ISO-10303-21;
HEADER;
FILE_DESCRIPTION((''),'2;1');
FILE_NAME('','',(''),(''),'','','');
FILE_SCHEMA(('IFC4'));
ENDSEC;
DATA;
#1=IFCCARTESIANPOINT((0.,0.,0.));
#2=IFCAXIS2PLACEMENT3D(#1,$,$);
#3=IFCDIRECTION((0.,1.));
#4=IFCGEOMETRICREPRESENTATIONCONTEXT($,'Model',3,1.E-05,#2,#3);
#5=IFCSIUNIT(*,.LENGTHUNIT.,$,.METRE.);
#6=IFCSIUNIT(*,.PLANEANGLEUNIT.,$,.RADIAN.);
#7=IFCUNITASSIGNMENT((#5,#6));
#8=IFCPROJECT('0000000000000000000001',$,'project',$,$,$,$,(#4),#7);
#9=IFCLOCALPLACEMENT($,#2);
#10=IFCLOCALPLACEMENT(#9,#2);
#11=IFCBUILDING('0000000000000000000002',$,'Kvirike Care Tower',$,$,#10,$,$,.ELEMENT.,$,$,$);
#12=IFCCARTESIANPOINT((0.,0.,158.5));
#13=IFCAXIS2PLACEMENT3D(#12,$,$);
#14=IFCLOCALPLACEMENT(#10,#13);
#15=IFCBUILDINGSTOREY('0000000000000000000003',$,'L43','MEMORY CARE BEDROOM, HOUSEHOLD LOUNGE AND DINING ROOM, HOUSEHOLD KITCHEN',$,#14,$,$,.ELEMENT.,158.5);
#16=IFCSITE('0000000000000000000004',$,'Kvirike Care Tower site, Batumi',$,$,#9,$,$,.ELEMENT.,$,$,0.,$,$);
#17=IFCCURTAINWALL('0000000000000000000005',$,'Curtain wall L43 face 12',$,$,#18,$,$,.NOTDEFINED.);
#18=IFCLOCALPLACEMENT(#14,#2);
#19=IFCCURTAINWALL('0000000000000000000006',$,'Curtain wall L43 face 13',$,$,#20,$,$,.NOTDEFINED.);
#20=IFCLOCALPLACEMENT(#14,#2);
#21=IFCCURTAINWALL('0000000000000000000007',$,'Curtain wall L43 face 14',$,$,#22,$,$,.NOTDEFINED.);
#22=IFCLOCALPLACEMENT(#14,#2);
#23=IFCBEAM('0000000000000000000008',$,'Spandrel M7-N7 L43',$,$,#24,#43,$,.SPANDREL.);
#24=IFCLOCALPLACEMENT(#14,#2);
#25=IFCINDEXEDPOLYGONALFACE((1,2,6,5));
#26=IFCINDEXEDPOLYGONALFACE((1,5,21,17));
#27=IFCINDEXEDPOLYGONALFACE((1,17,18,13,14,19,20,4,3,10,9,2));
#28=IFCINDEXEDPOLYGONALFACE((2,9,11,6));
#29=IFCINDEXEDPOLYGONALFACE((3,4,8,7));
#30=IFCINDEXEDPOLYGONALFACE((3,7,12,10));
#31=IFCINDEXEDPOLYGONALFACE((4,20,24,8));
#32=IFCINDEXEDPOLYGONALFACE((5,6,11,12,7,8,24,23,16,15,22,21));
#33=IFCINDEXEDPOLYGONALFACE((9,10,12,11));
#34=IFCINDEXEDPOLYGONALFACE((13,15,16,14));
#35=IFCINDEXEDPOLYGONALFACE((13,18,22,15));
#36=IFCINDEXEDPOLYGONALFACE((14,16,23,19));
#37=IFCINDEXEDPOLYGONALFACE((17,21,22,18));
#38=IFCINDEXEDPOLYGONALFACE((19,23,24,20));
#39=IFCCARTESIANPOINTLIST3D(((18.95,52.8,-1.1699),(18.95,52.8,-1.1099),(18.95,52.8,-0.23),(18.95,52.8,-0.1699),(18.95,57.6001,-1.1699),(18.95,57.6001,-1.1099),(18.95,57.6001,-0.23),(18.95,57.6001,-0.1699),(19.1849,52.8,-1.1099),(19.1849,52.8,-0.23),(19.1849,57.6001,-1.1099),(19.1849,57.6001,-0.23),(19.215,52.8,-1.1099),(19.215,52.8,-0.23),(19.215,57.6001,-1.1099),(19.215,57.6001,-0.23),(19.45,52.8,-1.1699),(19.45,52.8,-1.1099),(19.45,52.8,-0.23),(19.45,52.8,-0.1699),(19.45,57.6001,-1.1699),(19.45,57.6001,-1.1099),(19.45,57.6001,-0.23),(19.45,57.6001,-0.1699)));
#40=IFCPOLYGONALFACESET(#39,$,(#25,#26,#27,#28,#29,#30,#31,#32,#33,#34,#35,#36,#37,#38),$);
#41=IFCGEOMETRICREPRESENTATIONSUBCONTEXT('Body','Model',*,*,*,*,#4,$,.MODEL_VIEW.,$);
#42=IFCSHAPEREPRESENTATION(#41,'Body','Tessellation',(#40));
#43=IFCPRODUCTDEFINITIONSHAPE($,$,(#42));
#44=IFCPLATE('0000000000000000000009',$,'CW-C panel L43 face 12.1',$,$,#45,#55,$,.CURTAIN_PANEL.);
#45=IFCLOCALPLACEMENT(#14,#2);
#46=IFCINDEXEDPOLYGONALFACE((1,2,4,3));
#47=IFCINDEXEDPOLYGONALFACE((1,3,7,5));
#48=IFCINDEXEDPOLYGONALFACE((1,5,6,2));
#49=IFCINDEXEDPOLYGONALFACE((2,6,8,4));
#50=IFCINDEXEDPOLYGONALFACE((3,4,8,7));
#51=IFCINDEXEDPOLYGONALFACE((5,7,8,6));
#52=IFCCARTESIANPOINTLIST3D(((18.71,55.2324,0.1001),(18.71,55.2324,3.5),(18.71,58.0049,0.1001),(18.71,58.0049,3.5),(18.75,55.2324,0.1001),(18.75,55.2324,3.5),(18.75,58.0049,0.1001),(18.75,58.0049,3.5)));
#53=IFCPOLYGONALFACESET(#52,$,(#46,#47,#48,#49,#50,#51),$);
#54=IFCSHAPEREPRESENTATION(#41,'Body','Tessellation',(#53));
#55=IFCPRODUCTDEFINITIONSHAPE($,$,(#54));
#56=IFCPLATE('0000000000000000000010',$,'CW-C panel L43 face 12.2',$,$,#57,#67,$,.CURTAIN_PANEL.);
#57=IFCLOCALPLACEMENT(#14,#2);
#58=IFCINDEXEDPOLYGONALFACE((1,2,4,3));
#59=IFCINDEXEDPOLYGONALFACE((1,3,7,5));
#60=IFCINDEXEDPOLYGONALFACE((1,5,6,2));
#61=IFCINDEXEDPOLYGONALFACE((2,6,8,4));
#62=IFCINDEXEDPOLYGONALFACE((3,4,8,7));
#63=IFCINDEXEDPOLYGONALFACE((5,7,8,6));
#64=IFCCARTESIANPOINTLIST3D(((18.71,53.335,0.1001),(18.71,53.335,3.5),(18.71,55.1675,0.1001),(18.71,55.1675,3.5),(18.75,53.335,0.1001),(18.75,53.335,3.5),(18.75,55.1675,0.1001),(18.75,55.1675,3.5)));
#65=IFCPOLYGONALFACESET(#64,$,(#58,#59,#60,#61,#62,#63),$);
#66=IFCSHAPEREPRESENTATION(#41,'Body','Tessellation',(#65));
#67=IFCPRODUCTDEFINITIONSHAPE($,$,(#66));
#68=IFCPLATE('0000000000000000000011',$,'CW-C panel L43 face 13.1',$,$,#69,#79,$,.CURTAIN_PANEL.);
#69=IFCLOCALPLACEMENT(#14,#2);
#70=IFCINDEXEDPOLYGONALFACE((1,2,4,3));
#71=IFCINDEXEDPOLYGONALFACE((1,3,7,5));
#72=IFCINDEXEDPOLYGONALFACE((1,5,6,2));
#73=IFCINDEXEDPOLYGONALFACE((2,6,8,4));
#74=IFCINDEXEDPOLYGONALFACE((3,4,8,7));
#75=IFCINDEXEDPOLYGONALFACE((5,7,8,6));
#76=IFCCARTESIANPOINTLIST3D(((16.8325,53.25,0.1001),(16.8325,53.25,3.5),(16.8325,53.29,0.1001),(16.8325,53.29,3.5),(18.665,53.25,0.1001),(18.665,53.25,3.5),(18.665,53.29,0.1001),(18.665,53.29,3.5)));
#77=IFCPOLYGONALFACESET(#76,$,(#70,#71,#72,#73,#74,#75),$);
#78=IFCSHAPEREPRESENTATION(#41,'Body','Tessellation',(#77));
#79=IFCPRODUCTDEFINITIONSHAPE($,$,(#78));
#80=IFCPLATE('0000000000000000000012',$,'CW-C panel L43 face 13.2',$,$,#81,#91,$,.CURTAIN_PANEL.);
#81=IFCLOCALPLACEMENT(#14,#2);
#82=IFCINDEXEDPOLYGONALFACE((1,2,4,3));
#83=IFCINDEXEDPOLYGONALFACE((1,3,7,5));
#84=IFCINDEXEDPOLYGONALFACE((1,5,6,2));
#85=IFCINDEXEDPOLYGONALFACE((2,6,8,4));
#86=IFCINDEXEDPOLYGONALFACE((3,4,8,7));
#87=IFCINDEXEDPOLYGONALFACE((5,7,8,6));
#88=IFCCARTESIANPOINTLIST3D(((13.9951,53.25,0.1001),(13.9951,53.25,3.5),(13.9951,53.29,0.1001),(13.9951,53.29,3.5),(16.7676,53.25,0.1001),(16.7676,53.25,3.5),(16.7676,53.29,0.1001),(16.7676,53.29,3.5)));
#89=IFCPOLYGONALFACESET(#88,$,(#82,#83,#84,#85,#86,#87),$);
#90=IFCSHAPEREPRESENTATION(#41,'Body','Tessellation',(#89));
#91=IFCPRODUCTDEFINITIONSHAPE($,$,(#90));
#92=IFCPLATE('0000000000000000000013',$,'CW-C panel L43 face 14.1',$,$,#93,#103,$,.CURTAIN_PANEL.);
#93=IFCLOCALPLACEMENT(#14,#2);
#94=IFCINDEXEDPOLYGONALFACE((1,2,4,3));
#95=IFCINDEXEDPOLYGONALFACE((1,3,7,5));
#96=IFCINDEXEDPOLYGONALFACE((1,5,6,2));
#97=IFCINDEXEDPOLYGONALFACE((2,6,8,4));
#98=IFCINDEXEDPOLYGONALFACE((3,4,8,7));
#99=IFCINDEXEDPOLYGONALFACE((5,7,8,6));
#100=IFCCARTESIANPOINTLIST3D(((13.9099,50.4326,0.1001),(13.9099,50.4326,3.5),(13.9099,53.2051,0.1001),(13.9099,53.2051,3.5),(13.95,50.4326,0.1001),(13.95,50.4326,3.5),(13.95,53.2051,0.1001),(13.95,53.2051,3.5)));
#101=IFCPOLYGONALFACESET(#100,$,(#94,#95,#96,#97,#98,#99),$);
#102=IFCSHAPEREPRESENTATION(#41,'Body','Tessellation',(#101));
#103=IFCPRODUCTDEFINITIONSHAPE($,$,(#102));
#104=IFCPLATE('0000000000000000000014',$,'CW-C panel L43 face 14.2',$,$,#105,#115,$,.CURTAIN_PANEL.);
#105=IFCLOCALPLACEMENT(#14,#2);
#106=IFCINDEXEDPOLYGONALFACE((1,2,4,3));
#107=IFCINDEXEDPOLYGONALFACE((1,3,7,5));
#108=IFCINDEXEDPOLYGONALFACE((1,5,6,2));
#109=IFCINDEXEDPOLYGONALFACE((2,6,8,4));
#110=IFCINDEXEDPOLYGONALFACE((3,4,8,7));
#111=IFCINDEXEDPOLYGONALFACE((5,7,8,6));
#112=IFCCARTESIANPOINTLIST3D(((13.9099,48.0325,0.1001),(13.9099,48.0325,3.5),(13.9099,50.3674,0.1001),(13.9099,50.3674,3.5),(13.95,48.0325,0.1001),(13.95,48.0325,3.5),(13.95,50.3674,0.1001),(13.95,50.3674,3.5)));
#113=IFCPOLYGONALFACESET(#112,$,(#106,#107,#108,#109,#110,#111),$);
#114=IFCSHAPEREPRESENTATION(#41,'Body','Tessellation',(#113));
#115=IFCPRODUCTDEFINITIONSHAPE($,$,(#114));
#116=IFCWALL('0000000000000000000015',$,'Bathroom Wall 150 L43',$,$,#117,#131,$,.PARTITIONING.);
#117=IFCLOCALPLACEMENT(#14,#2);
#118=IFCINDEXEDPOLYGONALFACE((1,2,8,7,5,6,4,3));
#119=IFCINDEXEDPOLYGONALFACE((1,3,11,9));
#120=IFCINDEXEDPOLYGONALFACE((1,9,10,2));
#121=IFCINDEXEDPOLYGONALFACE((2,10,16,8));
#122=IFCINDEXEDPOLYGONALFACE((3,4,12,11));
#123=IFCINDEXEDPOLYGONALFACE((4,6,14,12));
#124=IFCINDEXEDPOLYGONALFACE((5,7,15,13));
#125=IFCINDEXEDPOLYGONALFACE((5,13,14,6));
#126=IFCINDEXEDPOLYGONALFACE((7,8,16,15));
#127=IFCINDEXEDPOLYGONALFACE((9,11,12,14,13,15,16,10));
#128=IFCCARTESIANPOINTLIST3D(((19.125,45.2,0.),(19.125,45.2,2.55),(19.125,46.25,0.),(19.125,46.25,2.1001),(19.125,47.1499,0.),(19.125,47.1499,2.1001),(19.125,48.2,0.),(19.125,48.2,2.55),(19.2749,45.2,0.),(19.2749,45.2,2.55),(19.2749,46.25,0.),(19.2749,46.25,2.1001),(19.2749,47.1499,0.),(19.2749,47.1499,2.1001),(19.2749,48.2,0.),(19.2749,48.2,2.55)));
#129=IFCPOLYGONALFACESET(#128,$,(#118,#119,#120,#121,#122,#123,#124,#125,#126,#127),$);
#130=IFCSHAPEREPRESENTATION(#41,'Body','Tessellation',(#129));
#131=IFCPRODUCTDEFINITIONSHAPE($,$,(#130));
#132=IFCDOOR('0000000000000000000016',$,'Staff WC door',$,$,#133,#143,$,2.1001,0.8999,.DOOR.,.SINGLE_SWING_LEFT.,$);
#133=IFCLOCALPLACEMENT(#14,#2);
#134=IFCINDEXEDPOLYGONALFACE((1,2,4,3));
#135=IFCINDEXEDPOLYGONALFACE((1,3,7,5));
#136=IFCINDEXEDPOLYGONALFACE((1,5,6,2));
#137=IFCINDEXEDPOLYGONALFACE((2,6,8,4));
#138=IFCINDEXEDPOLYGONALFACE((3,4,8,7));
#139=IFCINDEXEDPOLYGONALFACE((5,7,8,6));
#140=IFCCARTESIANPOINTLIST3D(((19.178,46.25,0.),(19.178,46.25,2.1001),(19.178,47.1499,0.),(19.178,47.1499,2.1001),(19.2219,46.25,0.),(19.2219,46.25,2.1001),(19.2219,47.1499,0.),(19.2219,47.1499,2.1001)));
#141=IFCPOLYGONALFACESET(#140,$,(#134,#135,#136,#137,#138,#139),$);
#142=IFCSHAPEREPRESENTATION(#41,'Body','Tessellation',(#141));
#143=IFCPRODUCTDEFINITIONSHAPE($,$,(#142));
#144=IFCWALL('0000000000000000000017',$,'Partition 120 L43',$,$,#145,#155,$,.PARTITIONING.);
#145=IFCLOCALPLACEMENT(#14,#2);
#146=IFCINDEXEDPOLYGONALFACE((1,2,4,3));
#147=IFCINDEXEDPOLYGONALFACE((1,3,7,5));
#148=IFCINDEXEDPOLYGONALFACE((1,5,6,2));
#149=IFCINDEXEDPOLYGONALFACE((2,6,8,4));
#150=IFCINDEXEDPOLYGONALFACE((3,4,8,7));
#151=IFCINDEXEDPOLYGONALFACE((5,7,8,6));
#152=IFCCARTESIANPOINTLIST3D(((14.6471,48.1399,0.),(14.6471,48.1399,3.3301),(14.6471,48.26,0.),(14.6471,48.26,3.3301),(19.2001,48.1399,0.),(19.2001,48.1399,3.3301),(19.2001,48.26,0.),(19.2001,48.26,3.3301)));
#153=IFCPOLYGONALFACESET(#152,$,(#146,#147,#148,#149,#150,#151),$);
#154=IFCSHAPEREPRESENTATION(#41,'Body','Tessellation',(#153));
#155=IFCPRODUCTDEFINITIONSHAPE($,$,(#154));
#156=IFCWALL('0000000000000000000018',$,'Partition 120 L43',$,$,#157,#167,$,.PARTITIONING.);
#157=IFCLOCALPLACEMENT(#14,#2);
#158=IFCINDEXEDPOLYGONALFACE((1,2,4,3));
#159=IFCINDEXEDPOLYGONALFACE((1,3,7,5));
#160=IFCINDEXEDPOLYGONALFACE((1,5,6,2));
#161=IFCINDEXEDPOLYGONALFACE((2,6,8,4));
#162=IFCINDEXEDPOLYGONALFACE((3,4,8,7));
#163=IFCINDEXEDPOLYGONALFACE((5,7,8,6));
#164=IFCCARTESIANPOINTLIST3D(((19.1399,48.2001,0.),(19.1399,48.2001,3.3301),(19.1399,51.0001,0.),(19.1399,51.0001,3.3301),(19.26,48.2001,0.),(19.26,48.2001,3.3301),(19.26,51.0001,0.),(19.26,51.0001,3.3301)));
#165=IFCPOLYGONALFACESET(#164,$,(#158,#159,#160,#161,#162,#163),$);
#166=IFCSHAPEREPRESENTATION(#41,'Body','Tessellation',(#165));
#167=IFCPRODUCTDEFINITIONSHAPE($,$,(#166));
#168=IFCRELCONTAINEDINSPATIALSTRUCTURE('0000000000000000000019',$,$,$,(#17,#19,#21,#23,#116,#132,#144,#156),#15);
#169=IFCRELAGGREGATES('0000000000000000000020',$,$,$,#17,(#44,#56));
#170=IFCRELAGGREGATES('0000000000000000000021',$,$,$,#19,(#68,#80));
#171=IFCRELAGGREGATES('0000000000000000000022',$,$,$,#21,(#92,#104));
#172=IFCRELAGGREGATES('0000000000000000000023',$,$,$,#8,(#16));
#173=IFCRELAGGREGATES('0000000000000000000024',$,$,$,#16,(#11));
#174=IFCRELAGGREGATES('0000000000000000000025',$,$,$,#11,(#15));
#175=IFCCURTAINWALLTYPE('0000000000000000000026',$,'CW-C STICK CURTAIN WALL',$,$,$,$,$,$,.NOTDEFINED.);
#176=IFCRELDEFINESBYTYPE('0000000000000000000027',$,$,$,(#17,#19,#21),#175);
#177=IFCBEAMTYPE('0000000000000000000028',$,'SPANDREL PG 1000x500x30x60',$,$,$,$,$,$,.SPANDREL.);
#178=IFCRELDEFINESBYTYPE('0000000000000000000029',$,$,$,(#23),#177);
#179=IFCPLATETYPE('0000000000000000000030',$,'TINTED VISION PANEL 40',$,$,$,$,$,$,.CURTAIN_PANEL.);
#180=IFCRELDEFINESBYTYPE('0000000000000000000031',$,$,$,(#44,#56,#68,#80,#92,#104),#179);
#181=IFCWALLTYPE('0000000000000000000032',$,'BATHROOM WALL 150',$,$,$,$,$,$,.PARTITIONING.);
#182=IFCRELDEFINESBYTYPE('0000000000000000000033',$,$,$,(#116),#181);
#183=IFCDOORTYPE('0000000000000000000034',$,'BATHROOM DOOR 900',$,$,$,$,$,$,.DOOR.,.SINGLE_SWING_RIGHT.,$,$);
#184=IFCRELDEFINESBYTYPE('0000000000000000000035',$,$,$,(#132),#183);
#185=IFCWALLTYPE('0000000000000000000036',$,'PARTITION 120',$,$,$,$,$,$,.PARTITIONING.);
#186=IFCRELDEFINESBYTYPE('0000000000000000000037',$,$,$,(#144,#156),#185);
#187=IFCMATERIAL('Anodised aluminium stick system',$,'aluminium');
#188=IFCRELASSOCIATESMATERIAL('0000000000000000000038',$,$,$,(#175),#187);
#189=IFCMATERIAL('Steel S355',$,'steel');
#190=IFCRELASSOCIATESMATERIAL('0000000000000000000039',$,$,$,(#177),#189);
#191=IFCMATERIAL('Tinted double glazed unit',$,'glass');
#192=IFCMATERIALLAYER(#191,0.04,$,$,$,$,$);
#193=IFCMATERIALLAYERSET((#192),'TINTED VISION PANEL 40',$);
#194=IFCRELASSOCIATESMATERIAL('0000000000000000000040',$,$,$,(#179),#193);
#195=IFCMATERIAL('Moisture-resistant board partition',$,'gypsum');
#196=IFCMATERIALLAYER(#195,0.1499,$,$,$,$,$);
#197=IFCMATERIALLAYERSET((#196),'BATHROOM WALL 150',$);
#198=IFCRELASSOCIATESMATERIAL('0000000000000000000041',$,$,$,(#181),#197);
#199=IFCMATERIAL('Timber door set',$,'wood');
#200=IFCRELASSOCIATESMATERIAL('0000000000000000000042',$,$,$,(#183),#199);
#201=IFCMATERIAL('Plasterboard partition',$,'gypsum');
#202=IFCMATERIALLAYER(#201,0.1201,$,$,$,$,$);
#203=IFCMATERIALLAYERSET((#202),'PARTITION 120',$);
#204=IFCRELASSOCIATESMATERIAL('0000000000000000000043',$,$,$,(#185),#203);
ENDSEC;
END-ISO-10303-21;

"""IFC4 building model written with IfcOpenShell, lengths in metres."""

from ifc_helpers import new_model, si_unit, direction, frame, frame_2d, origin, origin_2d, place, context, subcontext, project, spatial, rectangle, i_section, extrude, material, layer, layer_set, material_profile, profile_set, type_object, element, fill, aggregate, save


model = new_model("IFC4")

# Units and contexts
model_context = context("Model", 3, precision=1e-05, world=origin(), true_north=direction((0.0, 1.0)))
body_context = subcontext(model_context, "Body", "Model", "MODEL_VIEW")
ifc_project = project(units=[si_unit("LENGTHUNIT", "METRE"), si_unit("PLANEANGLEUNIT", "RADIAN")], contexts=[model_context])

# Site, building, storey
site_placement = place(None, origin())
site = spatial("IfcSite", under=ifc_project, at=site_placement, Name="Kvirike Care Tower site, Batumi", CompositionType="ELEMENT", RefElevation=0.0)
building_placement = place(site_placement, origin())
building = spatial("IfcBuilding", under=site, at=building_placement, Name="Kvirike Care Tower", CompositionType="ELEMENT")
storey_placement = place(building_placement, frame((0.0, 0.0, 158.5)))
storey = spatial("IfcBuildingStorey", under=building, at=storey_placement, Name="L43", Description="MEMORY CARE BEDROOM, HOUSEHOLD LOUNGE AND DINING ROOM, HOUSEHOLD KITCHEN", CompositionType="ELEMENT", Elevation=158.5)

# Curtain wall
ifc_material_1 = material(Name="Anodised aluminium stick system", Category="aluminium")
curtain_wall_type = type_object("IfcCurtainWallType", Name="CW-C STICK CURTAIN WALL", PredefinedType="NOTDEFINED", material=ifc_material_1)
curtain_wall_1_placement = place(storey_placement, origin())
curtain_wall_1 = element("IfcCurtainWall", 1, at=curtain_wall_1_placement, inside=storey, type_object=curtain_wall_type, Name="Curtain wall L43 face 12", PredefinedType="NOTDEFINED")

# Curtain walls
curtain_wall_2_placement = place(storey_placement, origin())
curtain_wall_2 = element("IfcCurtainWall", 2, at=curtain_wall_2_placement, inside=storey, type_object=curtain_wall_type, Name="Curtain wall L43 face 13", PredefinedType="NOTDEFINED")
curtain_wall_3_placement = place(storey_placement, origin())
curtain_wall_3 = element("IfcCurtainWall", 3, at=curtain_wall_3_placement, inside=storey, type_object=curtain_wall_type, Name="Curtain wall L43 face 14", PredefinedType="NOTDEFINED")

# Beam
ifc_material_2 = material(Name="Steel S355", Category="steel")
ifc_material_profile_1 = material_profile(ifc_material_2, i_section(OverallWidth=0.5, OverallDepth=1.0, WebThickness=0.03, FlangeThickness=0.0601, at=origin_2d()), Name="PG 1000x500x30x60")
ifc_profile_set_1 = profile_set([ifc_material_profile_1], Name="Steel S355")
beam_type_1 = type_object("IfcBeamType", Name="SPANDREL PG 1000x500x30x60", PredefinedType="SPANDREL", material=ifc_profile_set_1)
for number, where, z_axis, x_axis, name in (
    (4, (19.2, 52.8, -0.6699), (0.0, 1.0, 0.0), (-1.0, 0.0, 0.0), "Spandrel M7-N7 L43"),
):
    element("IfcBeam", number, at=place(storey_placement, frame(where, z_axis=z_axis, x_axis=x_axis)), inside=storey, type_object=beam_type_1, Name=name, PredefinedType="SPANDREL", context=body_context, shape_type="SweptSolid", body=[
        extrude(i_section(OverallWidth=0.5, OverallDepth=1.0, WebThickness=0.03, FlangeThickness=0.0601, at=origin_2d()), origin(), (0.0, 0.0, 1.0), 4.8),
    ])

# Plates
ifc_material_3 = material(Name="Tinted double glazed unit", Category="glass")
ifc_layer_1 = layer(ifc_material_3, 0.04)
ifc_layer_set_1 = layer_set([ifc_layer_1], Name="TINTED VISION PANEL 40")
plate_type = type_object("IfcPlateType", Name="TINTED VISION PANEL 40", PredefinedType="CURTAIN_PANEL", material=ifc_layer_set_1)
plate_1_placement = place(storey_placement, frame((18.73, 56.6187, 0.1001), z_axis=(0.0, 0.0, 1.0), x_axis=(0.0, -1.0, 0.0)))
plate_1 = element("IfcPlate", 5, at=plate_1_placement, type_object=plate_type, Name="CW-C panel L43 face 12.1", PredefinedType="CURTAIN_PANEL", context=body_context, shape_type="SweptSolid", body=[
    extrude(rectangle(XDim=2.7725, YDim=0.04, at=origin_2d()), origin(), (0.0, 0.0, 1.0), 3.3999),
])
plate_2_placement = place(storey_placement, frame((18.73, 54.2512, 0.1001), z_axis=(0.0, 0.0, 1.0), x_axis=(0.0, -1.0, 0.0)))
plate_2 = element("IfcPlate", 6, at=plate_2_placement, type_object=plate_type, Name="CW-C panel L43 face 12.2", PredefinedType="CURTAIN_PANEL", context=body_context, shape_type="SweptSolid", body=[
    extrude(rectangle(XDim=1.8325, YDim=0.04, at=origin_2d()), origin(), (0.0, 0.0, 1.0), 3.3999),
])
aggregate(curtain_wall_1, [plate_1, plate_2])
plate_3_placement = place(storey_placement, frame((17.7488, 53.27, 0.1001), z_axis=(0.0, 0.0, 1.0), x_axis=(-1.0, 0.0, 0.0)))
plate_3 = element("IfcPlate", 7, at=plate_3_placement, type_object=plate_type, Name="CW-C panel L43 face 13.1", PredefinedType="CURTAIN_PANEL", context=body_context, shape_type="SweptSolid", body=[
    extrude(rectangle(XDim=1.8325, YDim=0.04, at=origin_2d()), origin(), (0.0, 0.0, 1.0), 3.3999),
])
plate_4_placement = place(storey_placement, frame((15.3813, 53.27, 0.1001), z_axis=(0.0, 0.0, 1.0), x_axis=(-1.0, 0.0, 0.0)))
plate_4 = element("IfcPlate", 8, at=plate_4_placement, type_object=plate_type, Name="CW-C panel L43 face 13.2", PredefinedType="CURTAIN_PANEL", context=body_context, shape_type="SweptSolid", body=[
    extrude(rectangle(XDim=2.7725, YDim=0.04, at=origin_2d()), origin(), (0.0, 0.0, 1.0), 3.3999),
])
aggregate(curtain_wall_2, [plate_3, plate_4])
plate_5_placement = place(storey_placement, frame((13.9299, 51.8188, 0.1001), z_axis=(0.0, 0.0, 1.0), x_axis=(0.0, -1.0, 0.0)))
plate_5 = element("IfcPlate", 9, at=plate_5_placement, type_object=plate_type, Name="CW-C panel L43 face 14.1", PredefinedType="CURTAIN_PANEL", context=body_context, shape_type="SweptSolid", body=[
    extrude(rectangle(XDim=2.7725, YDim=0.04, at=origin_2d()), origin(), (0.0, 0.0, 1.0), 3.3999),
])
plate_6_placement = place(storey_placement, frame((13.9299, 49.2, 0.1001), z_axis=(0.0, 0.0, 1.0), x_axis=(0.0, -1.0, 0.0)))
plate_6 = element("IfcPlate", 10, at=plate_6_placement, type_object=plate_type, Name="CW-C panel L43 face 14.2", PredefinedType="CURTAIN_PANEL", context=body_context, shape_type="SweptSolid", body=[
    extrude(rectangle(XDim=2.335, YDim=0.04, at=origin_2d()), origin(), (0.0, 0.0, 1.0), 3.3999),
])
aggregate(curtain_wall_3, [plate_5, plate_6])

# Wall, opening, door
ifc_material_4 = material(Name="Moisture-resistant board partition", Category="gypsum")
ifc_layer_2 = layer(ifc_material_4, 0.1499)
ifc_layer_set_2 = layer_set([ifc_layer_2], Name="BATHROOM WALL 150")
wall_type_1 = type_object("IfcWallType", Name="BATHROOM WALL 150", PredefinedType="PARTITIONING", material=ifc_layer_set_2)
wall_1_placement = place(storey_placement, frame((19.2, 48.2, 0.0), z_axis=(0.0, 0.0, 1.0), x_axis=(0.0, -1.0, 0.0)))
wall_1 = element("IfcWall", 11, at=wall_1_placement, inside=storey, type_object=wall_type_1, Name="Bathroom Wall 150 L43", PredefinedType="PARTITIONING", context=body_context, shape_type="SweptSolid", body=[
    extrude(rectangle(XDim=3.0, YDim=0.1499, at=frame_2d((1.5, 0.0))), origin(), (0.0, 0.0, 1.0), 2.55),
])
opening_placement = place(wall_1_placement, frame((1.05, 0.0, 0.0)))
opening = element("IfcOpeningElement", 12, at=opening_placement, cuts=wall_1, PredefinedType="OPENING", context=body_context, shape_type="SweptSolid", body=[
    extrude(rectangle(XDim=0.8999, YDim=2.1001, at=frame_2d((0.45, 1.05))), frame((0.0, 0.0854, 0.0), z_axis=(0.0, -1.0, 0.0), x_axis=(1.0, 0.0, 0.0)), (0.0, 0.0, 1.0), 0.1709),
])
ifc_material_5 = material(Name="Timber door set", Category="wood")
door_type = type_object("IfcDoorType", Name="BATHROOM DOOR 900", OperationType="SINGLE_SWING_RIGHT", PredefinedType="DOOR", material=ifc_material_5)
door_placement = place(opening_placement, frame((0.8999, 0.0, 0.0), z_axis=(0.0, 0.0, 1.0), x_axis=(-1.0, 0.0, 0.0)))
door = element("IfcDoor", 13, at=door_placement, inside=storey, type_object=door_type, Name="Staff WC door", OperationType="SINGLE_SWING_LEFT", OverallHeight=2.1001, OverallWidth=0.8999, PredefinedType="DOOR", context=body_context, shape_type="SweptSolid", body=[
    extrude(rectangle(XDim=0.8999, YDim=2.1001, at=frame_2d((0.45, 1.05))), frame((0.0, 0.022, 0.0), z_axis=(0.0, -1.0, 0.0), x_axis=(1.0, 0.0, 0.0)), (0.0, 0.0, 1.0), 0.0439),
])
fill(opening, door)

# Walls
ifc_material_6 = material(Name="Plasterboard partition", Category="gypsum")
ifc_layer_3 = layer(ifc_material_6, 0.1201)
ifc_layer_set_3 = layer_set([ifc_layer_3], Name="PARTITION 120")
wall_type_2 = type_object("IfcWallType", Name="PARTITION 120", PredefinedType="PARTITIONING", material=ifc_layer_set_3)
wall_2_placement = place(storey_placement, frame((19.2, 48.2, 0.0), z_axis=(0.0, 0.0, 1.0), x_axis=(-1.0, 0.0, 0.0)))
element("IfcWall", 14, at=wall_2_placement, inside=storey, type_object=wall_type_2, Name="Partition 120 L43", PredefinedType="PARTITIONING", context=body_context, shape_type="SweptSolid", body=[
    extrude(rectangle(XDim=4.553, YDim=0.1201, at=frame_2d((2.2764, 0.0))), origin(), (0.0, 0.0, 1.0), 3.3301),
])
wall_3_placement = place(storey_placement, frame((19.2, 51.0, 0.0), z_axis=(0.0, 0.0, 1.0), x_axis=(0.0, -1.0, 0.0)))
element("IfcWall", 15, at=wall_3_placement, inside=storey, type_object=wall_type_2, Name="Partition 120 L43", PredefinedType="PARTITIONING", context=body_context, shape_type="SweptSolid", body=[
    extrude(rectangle(XDim=2.8, YDim=0.1201, at=frame_2d((1.3999, 0.0))), origin(), (0.0, 0.0, 1.0), 3.3301),
])

save(model, "model.ifc")
